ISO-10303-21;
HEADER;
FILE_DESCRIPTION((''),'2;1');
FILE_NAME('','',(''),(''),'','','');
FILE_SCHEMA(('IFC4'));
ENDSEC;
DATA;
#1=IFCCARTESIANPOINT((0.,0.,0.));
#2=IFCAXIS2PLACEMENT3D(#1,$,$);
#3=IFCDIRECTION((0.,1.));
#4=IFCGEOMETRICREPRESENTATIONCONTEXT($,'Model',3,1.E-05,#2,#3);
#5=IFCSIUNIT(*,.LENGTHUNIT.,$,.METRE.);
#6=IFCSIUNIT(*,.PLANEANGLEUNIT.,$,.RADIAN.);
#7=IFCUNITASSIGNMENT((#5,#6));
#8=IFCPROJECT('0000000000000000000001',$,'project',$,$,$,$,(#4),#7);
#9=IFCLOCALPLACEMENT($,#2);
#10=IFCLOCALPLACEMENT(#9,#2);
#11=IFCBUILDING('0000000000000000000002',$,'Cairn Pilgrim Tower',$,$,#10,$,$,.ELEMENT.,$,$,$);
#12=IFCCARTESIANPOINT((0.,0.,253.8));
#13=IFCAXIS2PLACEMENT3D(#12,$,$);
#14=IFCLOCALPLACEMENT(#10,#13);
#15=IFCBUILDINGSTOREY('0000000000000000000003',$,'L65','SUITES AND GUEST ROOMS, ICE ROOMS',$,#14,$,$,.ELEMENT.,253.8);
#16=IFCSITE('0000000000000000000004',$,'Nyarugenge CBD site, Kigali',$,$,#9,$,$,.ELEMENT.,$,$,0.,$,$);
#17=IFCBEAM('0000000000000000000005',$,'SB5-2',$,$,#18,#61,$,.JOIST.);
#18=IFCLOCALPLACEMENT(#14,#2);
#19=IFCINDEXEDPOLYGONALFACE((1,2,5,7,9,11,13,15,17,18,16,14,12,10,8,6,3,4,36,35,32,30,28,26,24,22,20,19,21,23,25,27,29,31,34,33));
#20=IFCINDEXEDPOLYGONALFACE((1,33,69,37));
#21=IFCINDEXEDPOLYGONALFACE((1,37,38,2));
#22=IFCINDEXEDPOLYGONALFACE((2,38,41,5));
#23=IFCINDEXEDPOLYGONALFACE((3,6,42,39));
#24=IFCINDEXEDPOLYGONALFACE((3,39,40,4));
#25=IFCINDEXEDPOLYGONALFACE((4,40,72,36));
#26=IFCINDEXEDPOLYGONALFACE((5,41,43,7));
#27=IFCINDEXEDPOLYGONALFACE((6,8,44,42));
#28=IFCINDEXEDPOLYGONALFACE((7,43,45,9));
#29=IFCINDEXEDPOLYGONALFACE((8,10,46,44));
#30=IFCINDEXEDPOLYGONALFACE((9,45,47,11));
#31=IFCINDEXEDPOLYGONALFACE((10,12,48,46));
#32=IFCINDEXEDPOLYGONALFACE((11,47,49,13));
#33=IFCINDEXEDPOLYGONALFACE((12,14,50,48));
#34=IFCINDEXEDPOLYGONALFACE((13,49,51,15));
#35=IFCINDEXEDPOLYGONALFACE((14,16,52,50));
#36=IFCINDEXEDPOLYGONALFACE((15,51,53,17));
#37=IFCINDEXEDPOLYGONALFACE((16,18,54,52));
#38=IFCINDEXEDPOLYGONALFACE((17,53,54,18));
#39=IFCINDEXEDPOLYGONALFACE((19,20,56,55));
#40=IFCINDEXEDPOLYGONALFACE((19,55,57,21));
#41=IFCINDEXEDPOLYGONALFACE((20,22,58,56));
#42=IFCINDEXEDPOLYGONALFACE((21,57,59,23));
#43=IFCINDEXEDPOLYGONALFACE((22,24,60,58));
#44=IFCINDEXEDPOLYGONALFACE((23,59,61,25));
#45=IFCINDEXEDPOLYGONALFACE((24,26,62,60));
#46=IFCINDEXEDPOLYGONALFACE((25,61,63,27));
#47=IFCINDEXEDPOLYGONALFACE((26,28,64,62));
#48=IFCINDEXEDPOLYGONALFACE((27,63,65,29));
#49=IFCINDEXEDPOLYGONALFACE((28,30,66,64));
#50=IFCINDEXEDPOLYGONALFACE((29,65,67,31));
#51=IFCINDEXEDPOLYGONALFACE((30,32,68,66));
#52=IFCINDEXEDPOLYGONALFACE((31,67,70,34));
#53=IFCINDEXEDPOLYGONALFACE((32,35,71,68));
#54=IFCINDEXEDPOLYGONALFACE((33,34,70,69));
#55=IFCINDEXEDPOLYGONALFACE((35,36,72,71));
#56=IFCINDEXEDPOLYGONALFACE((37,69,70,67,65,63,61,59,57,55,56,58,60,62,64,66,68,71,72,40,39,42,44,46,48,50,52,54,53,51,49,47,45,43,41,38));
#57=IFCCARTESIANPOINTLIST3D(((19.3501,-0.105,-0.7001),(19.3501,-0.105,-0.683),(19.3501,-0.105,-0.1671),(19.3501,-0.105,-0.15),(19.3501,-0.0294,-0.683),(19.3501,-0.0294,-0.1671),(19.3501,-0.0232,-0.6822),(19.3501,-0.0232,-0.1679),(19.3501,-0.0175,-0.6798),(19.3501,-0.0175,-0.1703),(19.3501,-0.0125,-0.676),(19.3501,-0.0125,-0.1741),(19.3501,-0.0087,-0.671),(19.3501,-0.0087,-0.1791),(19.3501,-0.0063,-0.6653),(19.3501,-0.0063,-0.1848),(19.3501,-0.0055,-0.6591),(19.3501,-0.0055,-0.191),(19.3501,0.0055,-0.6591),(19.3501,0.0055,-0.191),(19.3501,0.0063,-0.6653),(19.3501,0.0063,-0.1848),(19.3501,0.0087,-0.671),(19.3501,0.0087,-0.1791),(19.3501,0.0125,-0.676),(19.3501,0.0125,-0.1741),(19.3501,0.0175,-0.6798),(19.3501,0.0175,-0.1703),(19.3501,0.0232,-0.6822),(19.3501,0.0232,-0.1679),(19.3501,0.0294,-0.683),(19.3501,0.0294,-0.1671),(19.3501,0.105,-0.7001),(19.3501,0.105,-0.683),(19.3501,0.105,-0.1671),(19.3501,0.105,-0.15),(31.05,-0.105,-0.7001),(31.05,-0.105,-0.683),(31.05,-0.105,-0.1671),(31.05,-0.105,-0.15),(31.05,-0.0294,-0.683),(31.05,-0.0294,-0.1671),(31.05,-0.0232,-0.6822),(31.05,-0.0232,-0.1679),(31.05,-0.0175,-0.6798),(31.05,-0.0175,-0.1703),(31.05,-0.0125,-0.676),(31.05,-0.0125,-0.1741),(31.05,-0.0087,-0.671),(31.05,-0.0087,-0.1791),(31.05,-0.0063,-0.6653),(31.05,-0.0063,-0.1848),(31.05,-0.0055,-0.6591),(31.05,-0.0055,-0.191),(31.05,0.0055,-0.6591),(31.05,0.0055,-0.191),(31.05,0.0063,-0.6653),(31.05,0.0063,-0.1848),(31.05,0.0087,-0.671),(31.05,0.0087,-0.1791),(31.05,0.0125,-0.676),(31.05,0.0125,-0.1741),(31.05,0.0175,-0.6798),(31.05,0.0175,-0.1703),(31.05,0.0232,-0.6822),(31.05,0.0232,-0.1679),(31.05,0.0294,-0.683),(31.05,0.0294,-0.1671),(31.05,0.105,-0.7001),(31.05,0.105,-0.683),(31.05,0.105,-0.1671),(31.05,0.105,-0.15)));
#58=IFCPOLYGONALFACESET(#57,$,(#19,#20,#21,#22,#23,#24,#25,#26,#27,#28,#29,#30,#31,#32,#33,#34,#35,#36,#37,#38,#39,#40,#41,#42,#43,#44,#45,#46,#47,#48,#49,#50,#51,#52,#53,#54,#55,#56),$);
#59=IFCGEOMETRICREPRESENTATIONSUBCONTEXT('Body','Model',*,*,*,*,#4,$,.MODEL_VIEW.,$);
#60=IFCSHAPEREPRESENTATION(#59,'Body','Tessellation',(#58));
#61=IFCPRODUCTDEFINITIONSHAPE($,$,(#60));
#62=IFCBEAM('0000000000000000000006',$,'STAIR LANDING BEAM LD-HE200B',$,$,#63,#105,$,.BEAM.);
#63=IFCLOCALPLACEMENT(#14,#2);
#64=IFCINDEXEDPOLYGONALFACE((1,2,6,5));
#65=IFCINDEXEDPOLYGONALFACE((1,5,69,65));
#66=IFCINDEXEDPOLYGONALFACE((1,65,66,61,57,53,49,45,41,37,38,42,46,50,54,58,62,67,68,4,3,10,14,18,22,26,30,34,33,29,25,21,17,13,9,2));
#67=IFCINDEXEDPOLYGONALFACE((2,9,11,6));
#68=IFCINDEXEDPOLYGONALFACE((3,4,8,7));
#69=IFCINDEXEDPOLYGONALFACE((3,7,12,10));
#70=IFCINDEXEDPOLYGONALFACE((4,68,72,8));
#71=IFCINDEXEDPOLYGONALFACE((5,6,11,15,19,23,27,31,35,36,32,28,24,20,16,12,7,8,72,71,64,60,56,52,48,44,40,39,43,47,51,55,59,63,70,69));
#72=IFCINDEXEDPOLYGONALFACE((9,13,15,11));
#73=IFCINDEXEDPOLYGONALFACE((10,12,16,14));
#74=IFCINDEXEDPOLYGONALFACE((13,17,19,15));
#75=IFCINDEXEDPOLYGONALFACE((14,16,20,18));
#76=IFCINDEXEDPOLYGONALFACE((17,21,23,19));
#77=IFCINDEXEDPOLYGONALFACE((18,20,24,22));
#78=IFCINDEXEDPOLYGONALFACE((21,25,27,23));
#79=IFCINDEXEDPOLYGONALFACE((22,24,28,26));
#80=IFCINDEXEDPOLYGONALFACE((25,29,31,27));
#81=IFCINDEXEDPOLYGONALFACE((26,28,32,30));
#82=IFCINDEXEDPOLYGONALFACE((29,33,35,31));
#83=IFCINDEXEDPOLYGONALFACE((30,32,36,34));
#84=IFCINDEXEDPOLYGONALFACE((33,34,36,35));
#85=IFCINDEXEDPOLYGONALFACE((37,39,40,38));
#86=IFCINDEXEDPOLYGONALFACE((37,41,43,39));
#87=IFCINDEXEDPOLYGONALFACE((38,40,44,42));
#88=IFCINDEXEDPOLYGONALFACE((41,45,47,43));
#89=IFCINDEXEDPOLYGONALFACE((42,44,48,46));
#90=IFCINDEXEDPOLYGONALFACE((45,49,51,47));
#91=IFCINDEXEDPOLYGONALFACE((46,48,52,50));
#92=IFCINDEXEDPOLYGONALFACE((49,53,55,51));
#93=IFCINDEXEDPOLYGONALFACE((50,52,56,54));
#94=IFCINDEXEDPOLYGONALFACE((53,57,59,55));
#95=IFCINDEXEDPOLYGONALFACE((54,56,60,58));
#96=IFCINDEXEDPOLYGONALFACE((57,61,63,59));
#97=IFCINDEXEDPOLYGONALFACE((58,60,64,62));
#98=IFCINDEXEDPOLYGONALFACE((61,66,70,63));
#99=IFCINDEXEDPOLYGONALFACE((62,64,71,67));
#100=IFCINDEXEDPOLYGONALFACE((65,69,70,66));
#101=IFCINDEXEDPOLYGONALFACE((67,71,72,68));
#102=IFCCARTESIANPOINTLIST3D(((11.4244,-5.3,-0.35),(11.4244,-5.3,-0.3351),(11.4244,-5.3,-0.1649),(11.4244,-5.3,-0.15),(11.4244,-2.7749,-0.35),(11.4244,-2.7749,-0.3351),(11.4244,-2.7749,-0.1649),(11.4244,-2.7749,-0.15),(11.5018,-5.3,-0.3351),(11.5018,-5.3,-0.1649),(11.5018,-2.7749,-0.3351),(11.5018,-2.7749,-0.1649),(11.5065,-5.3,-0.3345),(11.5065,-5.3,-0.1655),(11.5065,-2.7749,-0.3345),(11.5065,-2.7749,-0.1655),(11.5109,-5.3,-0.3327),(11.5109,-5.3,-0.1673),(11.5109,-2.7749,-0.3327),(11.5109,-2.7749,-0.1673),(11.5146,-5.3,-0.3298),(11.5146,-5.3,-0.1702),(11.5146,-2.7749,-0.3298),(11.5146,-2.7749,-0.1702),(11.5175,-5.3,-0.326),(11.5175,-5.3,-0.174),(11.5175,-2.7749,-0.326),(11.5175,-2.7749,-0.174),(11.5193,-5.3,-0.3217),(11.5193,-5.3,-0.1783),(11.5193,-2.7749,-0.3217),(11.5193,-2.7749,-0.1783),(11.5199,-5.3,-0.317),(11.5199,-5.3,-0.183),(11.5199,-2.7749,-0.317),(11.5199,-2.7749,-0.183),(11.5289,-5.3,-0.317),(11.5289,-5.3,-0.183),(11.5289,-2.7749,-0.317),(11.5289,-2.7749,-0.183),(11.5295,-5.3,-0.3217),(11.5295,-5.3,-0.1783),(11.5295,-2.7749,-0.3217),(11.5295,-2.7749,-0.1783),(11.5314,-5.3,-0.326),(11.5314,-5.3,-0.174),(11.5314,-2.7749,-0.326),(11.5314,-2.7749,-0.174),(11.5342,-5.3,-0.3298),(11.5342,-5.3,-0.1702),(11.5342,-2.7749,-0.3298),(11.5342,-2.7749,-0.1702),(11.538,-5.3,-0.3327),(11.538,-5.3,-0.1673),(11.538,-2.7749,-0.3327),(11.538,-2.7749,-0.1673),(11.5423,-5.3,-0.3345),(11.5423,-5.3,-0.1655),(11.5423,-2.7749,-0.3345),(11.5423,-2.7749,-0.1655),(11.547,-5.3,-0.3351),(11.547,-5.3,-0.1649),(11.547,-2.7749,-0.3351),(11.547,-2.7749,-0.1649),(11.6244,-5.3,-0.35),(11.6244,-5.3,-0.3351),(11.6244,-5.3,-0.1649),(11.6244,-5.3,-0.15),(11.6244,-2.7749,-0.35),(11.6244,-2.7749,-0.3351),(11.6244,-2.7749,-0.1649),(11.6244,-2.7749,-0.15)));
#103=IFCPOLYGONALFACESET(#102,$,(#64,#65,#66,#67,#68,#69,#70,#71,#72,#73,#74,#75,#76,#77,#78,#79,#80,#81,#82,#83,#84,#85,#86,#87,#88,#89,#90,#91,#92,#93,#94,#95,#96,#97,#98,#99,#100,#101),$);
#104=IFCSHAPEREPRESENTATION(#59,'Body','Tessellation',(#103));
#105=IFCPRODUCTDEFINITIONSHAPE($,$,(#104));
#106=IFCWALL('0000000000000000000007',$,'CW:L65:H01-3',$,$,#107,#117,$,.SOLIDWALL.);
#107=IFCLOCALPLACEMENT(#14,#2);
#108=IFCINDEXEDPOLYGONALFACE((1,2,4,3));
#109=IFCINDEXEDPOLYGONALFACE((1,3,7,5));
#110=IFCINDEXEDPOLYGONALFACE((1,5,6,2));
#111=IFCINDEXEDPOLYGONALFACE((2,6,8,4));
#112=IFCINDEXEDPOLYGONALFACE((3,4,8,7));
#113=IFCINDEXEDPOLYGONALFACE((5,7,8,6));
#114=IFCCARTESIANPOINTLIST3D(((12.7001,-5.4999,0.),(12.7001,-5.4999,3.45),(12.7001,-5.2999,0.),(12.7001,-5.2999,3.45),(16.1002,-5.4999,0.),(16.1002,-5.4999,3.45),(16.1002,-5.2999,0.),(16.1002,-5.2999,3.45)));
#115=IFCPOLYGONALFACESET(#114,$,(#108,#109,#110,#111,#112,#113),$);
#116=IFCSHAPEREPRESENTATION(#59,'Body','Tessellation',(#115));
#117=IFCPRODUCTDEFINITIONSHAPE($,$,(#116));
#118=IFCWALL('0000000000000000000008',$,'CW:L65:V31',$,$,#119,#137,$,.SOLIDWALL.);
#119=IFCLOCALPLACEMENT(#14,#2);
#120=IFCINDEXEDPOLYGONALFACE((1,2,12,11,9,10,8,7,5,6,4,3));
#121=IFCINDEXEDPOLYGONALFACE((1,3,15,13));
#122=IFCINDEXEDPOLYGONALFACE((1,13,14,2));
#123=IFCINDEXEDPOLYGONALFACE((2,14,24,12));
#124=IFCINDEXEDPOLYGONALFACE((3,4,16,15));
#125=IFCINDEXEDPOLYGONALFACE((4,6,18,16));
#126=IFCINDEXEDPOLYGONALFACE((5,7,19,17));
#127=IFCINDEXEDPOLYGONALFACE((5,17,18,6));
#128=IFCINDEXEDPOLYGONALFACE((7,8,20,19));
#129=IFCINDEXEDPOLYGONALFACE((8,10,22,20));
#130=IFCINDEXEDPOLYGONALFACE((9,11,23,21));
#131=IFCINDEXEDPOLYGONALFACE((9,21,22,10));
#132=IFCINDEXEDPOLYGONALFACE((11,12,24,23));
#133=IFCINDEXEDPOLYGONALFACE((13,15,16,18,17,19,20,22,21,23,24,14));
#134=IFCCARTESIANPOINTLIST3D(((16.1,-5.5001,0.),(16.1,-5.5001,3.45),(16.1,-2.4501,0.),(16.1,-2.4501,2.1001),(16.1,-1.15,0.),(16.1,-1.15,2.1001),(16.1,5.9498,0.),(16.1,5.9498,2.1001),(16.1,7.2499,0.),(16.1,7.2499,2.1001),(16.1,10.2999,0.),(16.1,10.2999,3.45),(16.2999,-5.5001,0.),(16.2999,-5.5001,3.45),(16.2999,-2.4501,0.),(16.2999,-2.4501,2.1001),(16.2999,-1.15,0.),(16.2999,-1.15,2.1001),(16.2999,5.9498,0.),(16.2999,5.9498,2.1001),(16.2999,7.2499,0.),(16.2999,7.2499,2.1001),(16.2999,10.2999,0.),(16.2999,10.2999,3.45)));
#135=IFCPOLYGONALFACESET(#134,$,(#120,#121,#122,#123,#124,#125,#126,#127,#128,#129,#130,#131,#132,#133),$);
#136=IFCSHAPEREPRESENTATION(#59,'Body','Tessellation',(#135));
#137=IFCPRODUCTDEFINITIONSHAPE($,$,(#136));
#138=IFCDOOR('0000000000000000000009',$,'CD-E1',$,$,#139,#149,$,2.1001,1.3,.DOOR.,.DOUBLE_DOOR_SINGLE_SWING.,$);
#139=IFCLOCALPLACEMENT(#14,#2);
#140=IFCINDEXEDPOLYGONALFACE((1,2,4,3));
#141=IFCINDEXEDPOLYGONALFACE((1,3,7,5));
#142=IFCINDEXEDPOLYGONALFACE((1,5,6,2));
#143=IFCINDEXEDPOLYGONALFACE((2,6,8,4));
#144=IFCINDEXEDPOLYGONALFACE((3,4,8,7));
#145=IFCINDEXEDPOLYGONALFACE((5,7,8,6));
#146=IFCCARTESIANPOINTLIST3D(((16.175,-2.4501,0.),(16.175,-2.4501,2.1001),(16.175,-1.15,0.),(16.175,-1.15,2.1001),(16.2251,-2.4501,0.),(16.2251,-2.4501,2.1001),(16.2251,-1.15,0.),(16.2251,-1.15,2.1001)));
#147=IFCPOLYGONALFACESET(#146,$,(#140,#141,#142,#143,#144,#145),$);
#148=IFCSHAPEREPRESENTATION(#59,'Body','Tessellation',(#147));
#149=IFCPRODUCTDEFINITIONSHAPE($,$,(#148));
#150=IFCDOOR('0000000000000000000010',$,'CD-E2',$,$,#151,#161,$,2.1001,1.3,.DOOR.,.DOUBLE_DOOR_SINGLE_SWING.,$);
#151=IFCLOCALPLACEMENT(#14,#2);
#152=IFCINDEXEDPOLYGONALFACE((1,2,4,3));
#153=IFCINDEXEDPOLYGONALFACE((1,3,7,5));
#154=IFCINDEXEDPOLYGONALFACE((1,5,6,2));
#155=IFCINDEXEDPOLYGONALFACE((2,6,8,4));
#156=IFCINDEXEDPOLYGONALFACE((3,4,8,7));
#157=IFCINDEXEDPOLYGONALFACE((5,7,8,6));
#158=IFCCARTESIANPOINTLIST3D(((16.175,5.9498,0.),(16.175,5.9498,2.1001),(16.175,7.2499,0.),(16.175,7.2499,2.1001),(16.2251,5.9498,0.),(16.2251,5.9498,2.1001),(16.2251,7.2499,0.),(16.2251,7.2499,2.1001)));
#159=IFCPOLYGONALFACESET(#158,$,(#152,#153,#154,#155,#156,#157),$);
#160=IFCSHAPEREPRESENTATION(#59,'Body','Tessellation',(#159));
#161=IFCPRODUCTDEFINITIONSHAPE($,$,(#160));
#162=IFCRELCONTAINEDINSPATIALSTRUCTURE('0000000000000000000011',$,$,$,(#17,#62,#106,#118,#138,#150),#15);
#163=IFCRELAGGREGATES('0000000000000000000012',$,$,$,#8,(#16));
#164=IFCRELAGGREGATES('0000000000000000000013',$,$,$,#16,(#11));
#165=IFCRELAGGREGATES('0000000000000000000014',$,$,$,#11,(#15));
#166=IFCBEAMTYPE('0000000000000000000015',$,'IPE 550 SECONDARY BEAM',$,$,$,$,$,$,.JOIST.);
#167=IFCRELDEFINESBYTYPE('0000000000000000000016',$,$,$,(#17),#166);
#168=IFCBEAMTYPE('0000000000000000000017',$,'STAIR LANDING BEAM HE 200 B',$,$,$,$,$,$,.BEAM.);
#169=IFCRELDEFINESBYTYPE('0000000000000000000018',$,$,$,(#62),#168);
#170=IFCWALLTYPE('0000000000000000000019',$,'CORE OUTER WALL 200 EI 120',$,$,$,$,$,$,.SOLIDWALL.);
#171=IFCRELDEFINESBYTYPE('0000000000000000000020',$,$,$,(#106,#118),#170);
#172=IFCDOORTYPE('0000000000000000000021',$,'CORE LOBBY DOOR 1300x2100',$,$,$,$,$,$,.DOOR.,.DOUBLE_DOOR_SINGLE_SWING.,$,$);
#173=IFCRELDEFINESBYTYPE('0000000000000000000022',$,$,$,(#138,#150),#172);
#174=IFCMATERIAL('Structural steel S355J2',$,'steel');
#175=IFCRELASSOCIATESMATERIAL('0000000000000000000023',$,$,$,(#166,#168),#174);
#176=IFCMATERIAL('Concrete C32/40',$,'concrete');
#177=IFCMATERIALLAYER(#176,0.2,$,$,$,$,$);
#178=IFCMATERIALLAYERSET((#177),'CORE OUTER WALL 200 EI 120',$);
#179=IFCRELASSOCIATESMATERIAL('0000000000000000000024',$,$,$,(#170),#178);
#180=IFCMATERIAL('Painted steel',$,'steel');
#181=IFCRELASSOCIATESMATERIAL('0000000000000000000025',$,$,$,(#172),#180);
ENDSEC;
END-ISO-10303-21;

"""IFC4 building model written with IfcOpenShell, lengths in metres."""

from ifc_helpers import new_model, si_unit, direction, frame, frame_2d, origin, origin_2d, place, context, subcontext, project, spatial, rectangle, i_section, extrude, material, layer, layer_set, material_profile, profile_set, type_object, element, fill, save


model = new_model("IFC4")

# Units and contexts
model_context = context("Model", 3, precision=1e-05, world=origin(), true_north=direction((0.0, 1.0)))
body_context = subcontext(model_context, "Body", "Model", "MODEL_VIEW")
ifc_project = project(units=[si_unit("LENGTHUNIT", "METRE"), si_unit("PLANEANGLEUNIT", "RADIAN")], contexts=[model_context])

# Site, building, storey
site_placement = place(None, origin())
site = spatial("IfcSite", under=ifc_project, at=site_placement, Name="Nyarugenge CBD site, Kigali", CompositionType="ELEMENT", RefElevation=0.0)
building_placement = place(site_placement, origin())
building = spatial("IfcBuilding", under=site, at=building_placement, Name="Cairn Pilgrim Tower", CompositionType="ELEMENT")
storey_placement = place(building_placement, frame((0.0, 0.0, 253.8)))
storey = spatial("IfcBuildingStorey", under=building, at=storey_placement, Name="L65", Description="SUITES AND GUEST ROOMS, ICE ROOMS", CompositionType="ELEMENT", Elevation=253.8)

# Shared definitions
ifc_material_1 = material(Name="Structural steel S355J2", Category="steel")

# Beams
ifc_material_profile_1 = material_profile(ifc_material_1, i_section(OverallWidth=0.21, OverallDepth=0.55, WebThickness=0.011, FlangeThickness=0.0171, FilletRadius=0.0239, at=origin_2d()), Name="IPE 550")
ifc_profile_set_1 = profile_set([ifc_material_profile_1], Name="Structural steel S355J2")
beam_type_1 = type_object("IfcBeamType", Name="IPE 550 SECONDARY BEAM", PredefinedType="JOIST", material=ifc_profile_set_1)
for number, where, z_axis, x_axis, name in (
    (1, (19.3501, 0.0, -0.425), (1.0, 0.0, 0.0), (0.0, 1.0, 0.0), "SB5-2"),
):
    element("IfcBeam", number, at=place(storey_placement, frame(where, z_axis=z_axis, x_axis=x_axis)), inside=storey, type_object=beam_type_1, Name=name, PredefinedType="JOIST", context=body_context, shape_type="SweptSolid", body=[
        extrude(i_section(OverallWidth=0.21, OverallDepth=0.55, WebThickness=0.011, FlangeThickness=0.0171, FilletRadius=0.0239, at=origin_2d()), origin(), (0.0, 0.0, 1.0), 11.7),
    ])
ifc_material_profile_2 = material_profile(ifc_material_1, i_section(OverallWidth=0.2, OverallDepth=0.2, WebThickness=0.009, FlangeThickness=0.0149, FilletRadius=0.0181, at=origin_2d()), Name="HE 200 B")
ifc_profile_set_2 = profile_set([ifc_material_profile_2], Name="Structural steel S355J2")
beam_type_2 = type_object("IfcBeamType", Name="STAIR LANDING BEAM HE 200 B", PredefinedType="BEAM", material=ifc_profile_set_2)
beam_1_placement = place(storey_placement, frame((11.5244, -2.7749, -0.25), z_axis=(0.0, -1.0, 0.0), x_axis=(1.0, 0.0, 0.0)))
element("IfcBeam", 2, at=beam_1_placement, inside=storey, type_object=beam_type_2, Name="STAIR LANDING BEAM LD-HE200B", PredefinedType="BEAM", context=body_context, shape_type="SweptSolid", body=[
    extrude(i_section(OverallWidth=0.2, OverallDepth=0.2, WebThickness=0.009, FlangeThickness=0.0149, FilletRadius=0.0181, at=origin_2d()), origin(), (0.0, 0.0, 1.0), 2.5251),
])

# Wall
ifc_material_2 = material(Name="Concrete C32/40", Category="concrete")
ifc_layer_1 = layer(ifc_material_2, 0.2)
ifc_layer_set_1 = layer_set([ifc_layer_1], Name="CORE OUTER WALL 200 EI 120")
wall_type_1 = type_object("IfcWallType", Name="CORE OUTER WALL 200 EI 120", PredefinedType="SOLIDWALL", material=ifc_layer_set_1)
wall_1_placement = place(storey_placement, frame((12.7, -5.3999, 0.0), z_axis=(0.0, 0.0, 1.0), x_axis=(1.0, 0.0, 0.0)))
element("IfcWall", 3, at=wall_1_placement, inside=storey, type_object=wall_type_1, Name="CW:L65:H01-3", PredefinedType="SOLIDWALL", context=body_context, shape_type="SweptSolid", body=[
    extrude(rectangle(XDim=3.4001, YDim=0.2, at=frame_2d((1.7002, 0.0))), origin(), (0.0, 0.0, 1.0), 3.45),
])

# Wall, openings, doors
wall_2_placement = place(storey_placement, frame((16.2, -5.5, 0.0), z_axis=(0.0, 0.0, 1.0), x_axis=(0.0, 1.0, 0.0)))
wall_2 = element("IfcWall", 4, at=wall_2_placement, inside=storey, type_object=wall_type_1, Name="CW:L65:V31", PredefinedType="SOLIDWALL", context=body_context, shape_type="SweptSolid", body=[
    extrude(rectangle(XDim=15.8, YDim=0.2, at=frame_2d((7.8999, 0.0))), origin(), (0.0, 0.0, 1.0), 3.45),
])
opening_1_placement = place(wall_2_placement, frame((3.05, 0.0, 0.0)))
opening_1 = element("IfcOpeningElement", 5, at=opening_1_placement, cuts=wall_2, PredefinedType="OPENING", context=body_context, shape_type="SweptSolid", body=[
    extrude(rectangle(XDim=1.3, YDim=2.1001, at=frame_2d((0.6499, 1.05))), frame((0.0, 0.1099, 0.0), z_axis=(0.0, -1.0, 0.0), x_axis=(1.0, 0.0, 0.0)), (0.0, 0.0, 1.0), 0.22),
])
opening_2_placement = place(wall_2_placement, frame((11.45, 0.0, 0.0)))
opening_2 = element("IfcOpeningElement", 6, at=opening_2_placement, cuts=wall_2, PredefinedType="OPENING", context=body_context, shape_type="SweptSolid", body=[
    extrude(rectangle(XDim=1.3, YDim=2.1001, at=frame_2d((0.6499, 1.05))), frame((0.0, 0.1099, 0.0), z_axis=(0.0, -1.0, 0.0), x_axis=(1.0, 0.0, 0.0)), (0.0, 0.0, 1.0), 0.22),
])
ifc_material_3 = material(Name="Painted steel", Category="steel")
door_type_1 = type_object("IfcDoorType", Name="CORE LOBBY DOOR 1300x2100", OperationType="DOUBLE_DOOR_SINGLE_SWING", PredefinedType="DOOR", material=ifc_material_3)
door_1_placement = place(opening_1_placement, origin())
door_1 = element("IfcDoor", 7, at=door_1_placement, inside=storey, type_object=door_type_1, Name="CD-E1", OperationType="DOUBLE_DOOR_SINGLE_SWING", OverallHeight=2.1001, OverallWidth=1.3, PredefinedType="DOOR", context=body_context, shape_type="SweptSolid", body=[
    extrude(rectangle(XDim=1.3, YDim=2.1001, at=frame_2d((0.6499, 1.05))), frame((0.0, 0.0249, 0.0), z_axis=(0.0, -1.0, 0.0), x_axis=(1.0, 0.0, 0.0)), (0.0, 0.0, 1.0), 0.05),
])
fill(opening_1, door_1)
door_2_placement = place(opening_2_placement, origin())
door_2 = element("IfcDoor", 8, at=door_2_placement, inside=storey, type_object=door_type_1, Name="CD-E2", OperationType="DOUBLE_DOOR_SINGLE_SWING", OverallHeight=2.1001, OverallWidth=1.3, PredefinedType="DOOR", context=body_context, shape_type="SweptSolid", body=[
    extrude(rectangle(XDim=1.3, YDim=2.1001, at=frame_2d((0.6499, 1.05))), frame((0.0, 0.0249, 0.0), z_axis=(0.0, -1.0, 0.0), x_axis=(1.0, 0.0, 0.0)), (0.0, 0.0, 1.0), 0.05),
])
fill(opening_2, door_2)

save(model, "model.ifc")
